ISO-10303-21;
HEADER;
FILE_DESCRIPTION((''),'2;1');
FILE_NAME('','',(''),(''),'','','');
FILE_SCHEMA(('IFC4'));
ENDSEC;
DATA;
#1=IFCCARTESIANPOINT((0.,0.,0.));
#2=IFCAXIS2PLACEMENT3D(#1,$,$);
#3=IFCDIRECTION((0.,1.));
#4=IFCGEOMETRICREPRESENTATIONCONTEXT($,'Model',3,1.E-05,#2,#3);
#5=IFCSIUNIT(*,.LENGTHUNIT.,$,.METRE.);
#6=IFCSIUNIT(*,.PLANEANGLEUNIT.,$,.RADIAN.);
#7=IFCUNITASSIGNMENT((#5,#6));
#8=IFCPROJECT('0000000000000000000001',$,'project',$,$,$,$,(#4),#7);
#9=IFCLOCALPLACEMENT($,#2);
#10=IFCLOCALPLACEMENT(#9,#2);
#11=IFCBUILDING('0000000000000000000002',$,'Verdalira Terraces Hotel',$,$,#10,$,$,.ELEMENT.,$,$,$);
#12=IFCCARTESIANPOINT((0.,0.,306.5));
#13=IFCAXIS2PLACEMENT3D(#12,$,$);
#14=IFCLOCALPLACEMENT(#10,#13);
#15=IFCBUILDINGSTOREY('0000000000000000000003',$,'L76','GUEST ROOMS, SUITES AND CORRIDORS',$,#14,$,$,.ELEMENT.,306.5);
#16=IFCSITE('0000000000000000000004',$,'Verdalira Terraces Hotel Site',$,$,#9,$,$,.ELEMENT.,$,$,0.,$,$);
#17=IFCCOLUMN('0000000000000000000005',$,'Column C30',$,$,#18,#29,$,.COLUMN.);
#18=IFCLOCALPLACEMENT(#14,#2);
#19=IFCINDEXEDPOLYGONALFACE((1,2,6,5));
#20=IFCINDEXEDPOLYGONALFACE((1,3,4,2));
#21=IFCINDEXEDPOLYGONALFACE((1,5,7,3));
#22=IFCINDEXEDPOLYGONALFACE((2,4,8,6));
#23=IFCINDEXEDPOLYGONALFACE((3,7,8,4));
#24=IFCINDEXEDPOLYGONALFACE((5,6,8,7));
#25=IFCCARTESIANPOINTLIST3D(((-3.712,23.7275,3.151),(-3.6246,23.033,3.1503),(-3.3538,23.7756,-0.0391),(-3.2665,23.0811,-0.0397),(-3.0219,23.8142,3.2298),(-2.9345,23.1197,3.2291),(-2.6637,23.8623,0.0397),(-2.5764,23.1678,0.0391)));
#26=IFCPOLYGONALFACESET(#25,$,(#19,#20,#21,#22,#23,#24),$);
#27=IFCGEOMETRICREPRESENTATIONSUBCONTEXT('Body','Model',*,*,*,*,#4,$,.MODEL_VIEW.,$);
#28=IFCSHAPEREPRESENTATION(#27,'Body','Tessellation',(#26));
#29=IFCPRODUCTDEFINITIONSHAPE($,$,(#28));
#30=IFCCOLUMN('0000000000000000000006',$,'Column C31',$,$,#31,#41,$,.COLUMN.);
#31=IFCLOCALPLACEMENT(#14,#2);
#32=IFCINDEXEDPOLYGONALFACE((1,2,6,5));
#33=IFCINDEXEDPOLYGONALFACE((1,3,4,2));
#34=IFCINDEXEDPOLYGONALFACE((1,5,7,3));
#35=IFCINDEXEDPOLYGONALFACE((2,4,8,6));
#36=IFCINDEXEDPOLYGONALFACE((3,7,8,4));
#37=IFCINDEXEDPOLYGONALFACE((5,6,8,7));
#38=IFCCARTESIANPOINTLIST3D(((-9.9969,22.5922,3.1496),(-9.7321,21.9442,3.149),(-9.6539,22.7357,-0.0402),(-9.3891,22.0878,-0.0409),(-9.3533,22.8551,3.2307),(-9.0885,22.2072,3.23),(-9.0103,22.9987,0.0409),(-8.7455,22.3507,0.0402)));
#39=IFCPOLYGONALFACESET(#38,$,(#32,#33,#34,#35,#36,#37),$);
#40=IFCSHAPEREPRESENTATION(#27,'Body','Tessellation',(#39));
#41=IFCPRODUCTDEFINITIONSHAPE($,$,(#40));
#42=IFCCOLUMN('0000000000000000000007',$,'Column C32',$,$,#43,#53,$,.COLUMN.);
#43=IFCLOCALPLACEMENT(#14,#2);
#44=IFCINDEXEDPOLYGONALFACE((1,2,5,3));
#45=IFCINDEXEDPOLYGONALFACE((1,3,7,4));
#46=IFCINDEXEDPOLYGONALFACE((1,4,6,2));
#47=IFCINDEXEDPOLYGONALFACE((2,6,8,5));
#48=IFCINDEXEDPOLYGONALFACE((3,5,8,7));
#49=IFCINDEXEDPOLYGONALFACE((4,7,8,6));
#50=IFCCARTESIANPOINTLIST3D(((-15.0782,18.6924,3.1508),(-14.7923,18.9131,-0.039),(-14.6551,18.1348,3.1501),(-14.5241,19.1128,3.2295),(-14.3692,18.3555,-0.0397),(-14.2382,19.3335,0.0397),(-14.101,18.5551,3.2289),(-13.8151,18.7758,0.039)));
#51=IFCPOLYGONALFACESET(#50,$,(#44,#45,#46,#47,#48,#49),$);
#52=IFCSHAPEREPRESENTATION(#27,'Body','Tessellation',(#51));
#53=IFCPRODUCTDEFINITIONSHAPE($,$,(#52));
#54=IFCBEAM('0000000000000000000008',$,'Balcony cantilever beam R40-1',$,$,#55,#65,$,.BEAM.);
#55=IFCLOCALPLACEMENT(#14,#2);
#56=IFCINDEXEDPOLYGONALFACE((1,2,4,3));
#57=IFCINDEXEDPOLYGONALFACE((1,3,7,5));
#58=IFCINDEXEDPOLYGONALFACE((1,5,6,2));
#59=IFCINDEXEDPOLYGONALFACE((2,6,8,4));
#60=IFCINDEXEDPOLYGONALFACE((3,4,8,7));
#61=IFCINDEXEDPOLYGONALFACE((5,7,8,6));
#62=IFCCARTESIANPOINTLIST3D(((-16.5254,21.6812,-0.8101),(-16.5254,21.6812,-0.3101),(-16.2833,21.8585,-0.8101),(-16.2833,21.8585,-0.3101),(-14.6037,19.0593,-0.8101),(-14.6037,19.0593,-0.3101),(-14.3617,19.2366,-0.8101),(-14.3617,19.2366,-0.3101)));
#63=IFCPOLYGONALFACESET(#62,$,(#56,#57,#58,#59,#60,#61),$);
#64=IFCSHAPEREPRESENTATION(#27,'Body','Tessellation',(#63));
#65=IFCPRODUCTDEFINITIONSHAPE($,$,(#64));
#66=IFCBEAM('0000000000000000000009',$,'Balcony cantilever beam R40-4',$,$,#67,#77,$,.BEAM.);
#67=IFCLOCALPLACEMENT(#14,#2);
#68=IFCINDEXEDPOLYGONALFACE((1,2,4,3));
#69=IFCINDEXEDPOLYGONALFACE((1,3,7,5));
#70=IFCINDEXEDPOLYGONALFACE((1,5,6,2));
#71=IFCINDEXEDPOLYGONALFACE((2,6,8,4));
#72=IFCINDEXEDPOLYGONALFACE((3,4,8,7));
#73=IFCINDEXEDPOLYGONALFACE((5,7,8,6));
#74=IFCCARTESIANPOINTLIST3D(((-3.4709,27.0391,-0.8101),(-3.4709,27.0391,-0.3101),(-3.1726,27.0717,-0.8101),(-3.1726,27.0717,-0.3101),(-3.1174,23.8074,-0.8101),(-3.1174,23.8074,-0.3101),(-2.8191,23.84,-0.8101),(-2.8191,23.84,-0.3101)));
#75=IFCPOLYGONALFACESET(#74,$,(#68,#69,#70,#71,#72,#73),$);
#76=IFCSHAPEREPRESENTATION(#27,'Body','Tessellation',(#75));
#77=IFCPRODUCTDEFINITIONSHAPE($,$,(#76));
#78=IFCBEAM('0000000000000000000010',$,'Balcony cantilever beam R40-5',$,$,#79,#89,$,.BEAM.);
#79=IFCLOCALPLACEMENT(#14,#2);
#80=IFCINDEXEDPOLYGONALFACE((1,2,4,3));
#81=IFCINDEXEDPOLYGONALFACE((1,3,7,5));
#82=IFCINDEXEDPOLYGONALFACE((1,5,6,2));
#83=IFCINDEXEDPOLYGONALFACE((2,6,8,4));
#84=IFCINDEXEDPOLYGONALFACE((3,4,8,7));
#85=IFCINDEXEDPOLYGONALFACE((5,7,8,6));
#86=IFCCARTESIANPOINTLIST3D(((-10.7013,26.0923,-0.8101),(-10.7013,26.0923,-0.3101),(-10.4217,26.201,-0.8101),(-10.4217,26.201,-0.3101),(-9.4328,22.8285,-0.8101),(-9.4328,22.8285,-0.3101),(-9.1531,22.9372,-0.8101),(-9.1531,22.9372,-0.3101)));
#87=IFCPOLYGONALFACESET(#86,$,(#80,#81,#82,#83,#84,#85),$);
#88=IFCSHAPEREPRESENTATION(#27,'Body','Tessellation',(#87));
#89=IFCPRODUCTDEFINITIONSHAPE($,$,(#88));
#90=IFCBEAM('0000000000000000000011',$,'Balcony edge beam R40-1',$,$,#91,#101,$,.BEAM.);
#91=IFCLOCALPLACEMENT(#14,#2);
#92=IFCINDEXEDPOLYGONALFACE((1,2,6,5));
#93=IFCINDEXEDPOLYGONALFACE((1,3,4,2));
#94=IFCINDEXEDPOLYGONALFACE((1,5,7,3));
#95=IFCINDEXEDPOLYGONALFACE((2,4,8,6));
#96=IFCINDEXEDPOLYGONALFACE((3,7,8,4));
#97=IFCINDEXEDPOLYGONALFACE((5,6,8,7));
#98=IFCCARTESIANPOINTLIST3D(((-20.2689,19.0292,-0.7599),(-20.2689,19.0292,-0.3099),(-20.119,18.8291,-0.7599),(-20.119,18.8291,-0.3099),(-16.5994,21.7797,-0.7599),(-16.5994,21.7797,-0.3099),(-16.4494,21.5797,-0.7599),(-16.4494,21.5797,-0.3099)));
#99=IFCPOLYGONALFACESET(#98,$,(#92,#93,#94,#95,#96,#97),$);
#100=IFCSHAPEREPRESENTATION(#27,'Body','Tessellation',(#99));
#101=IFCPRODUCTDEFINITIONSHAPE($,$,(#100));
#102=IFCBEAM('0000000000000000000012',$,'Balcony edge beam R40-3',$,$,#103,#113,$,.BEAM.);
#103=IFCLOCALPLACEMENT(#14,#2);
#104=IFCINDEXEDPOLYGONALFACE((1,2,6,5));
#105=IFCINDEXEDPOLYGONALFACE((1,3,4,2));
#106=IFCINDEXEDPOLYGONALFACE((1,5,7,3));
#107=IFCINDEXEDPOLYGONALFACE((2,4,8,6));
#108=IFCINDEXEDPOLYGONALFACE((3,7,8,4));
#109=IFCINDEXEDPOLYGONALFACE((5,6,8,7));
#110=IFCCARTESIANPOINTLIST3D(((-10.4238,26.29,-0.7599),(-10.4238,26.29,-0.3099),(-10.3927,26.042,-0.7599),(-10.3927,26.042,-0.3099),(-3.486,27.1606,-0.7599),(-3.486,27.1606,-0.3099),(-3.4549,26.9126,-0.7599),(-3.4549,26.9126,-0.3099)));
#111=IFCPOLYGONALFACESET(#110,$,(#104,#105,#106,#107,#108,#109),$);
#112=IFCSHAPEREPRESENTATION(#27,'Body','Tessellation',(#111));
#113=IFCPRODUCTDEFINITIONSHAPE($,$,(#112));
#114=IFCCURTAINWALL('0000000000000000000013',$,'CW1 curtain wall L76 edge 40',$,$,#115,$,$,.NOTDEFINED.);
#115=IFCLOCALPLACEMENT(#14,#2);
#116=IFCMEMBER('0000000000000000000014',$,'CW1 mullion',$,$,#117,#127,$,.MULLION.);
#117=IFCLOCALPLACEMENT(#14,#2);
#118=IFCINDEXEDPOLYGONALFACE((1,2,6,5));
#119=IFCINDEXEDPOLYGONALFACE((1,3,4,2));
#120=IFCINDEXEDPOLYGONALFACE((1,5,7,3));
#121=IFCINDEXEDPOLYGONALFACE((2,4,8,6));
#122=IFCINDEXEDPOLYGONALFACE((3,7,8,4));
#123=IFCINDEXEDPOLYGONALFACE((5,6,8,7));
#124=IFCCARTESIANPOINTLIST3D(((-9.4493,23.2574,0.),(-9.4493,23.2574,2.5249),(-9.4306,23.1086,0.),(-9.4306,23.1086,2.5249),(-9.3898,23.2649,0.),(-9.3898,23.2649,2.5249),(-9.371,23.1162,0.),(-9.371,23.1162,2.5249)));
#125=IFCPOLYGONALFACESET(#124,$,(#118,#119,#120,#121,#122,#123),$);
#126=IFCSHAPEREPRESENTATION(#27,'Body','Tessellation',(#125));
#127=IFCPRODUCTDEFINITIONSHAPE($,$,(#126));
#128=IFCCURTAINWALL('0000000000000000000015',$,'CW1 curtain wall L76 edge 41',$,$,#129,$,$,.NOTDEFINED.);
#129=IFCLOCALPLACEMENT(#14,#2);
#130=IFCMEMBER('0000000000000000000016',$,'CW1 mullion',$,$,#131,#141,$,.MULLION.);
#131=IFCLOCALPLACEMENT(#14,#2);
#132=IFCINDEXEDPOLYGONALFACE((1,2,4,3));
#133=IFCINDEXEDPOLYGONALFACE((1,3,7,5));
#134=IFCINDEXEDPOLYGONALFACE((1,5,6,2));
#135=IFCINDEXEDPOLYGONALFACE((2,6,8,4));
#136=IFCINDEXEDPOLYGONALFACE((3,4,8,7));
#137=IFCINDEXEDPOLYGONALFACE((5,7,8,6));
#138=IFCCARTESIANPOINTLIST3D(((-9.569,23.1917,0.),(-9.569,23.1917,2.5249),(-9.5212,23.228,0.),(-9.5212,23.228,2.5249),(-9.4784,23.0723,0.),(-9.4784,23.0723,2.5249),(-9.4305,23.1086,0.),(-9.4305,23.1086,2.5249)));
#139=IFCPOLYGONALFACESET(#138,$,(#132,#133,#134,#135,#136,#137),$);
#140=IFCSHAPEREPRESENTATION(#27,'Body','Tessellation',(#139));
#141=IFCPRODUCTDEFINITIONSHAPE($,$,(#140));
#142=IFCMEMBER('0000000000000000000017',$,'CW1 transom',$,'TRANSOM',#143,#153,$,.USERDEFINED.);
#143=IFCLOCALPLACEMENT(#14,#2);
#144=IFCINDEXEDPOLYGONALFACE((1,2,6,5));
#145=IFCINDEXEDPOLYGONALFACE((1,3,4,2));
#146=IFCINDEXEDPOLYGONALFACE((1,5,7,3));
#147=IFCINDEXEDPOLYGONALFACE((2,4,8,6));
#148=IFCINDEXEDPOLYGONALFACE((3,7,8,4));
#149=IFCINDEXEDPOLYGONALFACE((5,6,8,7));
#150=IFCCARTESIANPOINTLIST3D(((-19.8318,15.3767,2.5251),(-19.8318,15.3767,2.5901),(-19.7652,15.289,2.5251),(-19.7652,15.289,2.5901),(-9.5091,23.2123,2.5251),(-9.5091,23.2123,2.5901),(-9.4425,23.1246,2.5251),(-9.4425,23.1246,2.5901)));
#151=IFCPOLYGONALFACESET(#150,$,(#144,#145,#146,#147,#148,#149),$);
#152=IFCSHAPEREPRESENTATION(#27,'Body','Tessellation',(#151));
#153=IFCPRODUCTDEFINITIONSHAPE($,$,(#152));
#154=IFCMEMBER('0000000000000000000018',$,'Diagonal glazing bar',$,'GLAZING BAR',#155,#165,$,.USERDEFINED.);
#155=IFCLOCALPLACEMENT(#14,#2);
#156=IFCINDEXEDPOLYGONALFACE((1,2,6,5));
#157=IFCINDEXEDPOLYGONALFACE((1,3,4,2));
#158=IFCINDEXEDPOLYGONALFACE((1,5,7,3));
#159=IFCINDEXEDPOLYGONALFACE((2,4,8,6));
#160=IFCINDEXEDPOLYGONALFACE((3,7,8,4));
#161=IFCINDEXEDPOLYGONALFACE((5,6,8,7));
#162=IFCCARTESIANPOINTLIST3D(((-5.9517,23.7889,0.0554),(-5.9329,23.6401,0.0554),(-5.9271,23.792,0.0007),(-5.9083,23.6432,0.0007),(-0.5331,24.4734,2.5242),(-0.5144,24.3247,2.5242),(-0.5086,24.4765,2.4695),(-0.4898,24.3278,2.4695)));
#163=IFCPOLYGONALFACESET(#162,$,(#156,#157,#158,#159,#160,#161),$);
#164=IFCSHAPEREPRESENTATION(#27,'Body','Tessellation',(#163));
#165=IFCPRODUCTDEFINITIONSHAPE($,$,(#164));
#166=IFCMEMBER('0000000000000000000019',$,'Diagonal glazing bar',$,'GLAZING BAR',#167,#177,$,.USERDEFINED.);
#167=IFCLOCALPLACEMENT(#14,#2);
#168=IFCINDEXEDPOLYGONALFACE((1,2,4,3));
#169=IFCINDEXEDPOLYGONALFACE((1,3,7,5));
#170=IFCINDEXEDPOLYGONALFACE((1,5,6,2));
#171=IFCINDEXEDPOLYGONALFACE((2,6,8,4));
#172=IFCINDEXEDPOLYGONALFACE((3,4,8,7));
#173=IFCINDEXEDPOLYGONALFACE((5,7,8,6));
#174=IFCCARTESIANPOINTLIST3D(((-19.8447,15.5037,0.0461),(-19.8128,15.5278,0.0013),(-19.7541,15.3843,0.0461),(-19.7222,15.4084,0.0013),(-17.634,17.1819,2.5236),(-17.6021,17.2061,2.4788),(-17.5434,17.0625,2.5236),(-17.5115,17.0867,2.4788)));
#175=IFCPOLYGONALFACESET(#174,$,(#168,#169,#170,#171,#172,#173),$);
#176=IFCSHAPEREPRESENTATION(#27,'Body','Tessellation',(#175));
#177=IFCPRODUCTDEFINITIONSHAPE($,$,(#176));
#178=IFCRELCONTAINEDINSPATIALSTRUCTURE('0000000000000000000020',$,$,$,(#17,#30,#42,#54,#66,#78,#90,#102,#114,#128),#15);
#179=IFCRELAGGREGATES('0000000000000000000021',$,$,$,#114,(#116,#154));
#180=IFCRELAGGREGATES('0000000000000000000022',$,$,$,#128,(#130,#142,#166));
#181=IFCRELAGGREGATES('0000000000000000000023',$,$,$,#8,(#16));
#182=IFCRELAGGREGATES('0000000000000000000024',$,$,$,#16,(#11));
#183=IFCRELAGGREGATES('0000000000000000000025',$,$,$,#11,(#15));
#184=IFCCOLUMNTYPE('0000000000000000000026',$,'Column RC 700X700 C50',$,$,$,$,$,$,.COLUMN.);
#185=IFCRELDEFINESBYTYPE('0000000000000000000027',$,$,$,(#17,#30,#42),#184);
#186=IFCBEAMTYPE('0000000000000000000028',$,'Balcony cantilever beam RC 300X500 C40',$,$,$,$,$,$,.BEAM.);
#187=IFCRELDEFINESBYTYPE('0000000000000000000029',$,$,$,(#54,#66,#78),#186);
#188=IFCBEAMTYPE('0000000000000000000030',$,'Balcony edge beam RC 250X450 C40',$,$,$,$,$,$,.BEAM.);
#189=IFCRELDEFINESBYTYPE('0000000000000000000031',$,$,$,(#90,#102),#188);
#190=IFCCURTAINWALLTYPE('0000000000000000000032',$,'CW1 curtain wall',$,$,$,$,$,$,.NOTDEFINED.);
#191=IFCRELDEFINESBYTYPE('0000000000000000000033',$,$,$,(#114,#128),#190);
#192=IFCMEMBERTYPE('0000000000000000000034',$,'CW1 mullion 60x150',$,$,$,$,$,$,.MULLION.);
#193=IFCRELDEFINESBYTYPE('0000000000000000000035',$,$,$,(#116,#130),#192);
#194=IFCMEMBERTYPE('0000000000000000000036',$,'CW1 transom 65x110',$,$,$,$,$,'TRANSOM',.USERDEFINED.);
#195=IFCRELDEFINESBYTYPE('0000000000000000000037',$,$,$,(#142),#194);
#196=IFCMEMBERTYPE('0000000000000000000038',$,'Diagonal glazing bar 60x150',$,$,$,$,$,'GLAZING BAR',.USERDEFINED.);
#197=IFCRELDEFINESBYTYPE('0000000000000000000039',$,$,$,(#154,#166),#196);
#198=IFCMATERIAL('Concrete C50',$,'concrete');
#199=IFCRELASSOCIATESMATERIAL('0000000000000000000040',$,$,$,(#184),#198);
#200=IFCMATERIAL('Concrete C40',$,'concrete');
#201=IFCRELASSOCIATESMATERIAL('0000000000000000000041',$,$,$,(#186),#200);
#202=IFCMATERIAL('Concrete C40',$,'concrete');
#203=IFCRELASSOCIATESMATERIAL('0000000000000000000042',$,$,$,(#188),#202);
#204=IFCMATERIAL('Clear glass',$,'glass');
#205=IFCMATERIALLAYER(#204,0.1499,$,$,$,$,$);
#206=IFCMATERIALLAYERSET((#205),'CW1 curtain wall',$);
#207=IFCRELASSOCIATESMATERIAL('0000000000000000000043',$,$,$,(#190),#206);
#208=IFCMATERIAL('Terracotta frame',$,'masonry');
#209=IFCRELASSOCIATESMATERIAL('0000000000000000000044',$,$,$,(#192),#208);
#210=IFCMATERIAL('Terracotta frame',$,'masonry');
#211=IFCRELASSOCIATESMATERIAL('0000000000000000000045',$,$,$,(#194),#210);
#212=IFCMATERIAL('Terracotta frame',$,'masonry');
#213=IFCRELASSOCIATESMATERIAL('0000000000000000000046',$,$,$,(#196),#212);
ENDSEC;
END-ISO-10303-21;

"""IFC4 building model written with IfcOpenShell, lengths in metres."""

from ifc_helpers import new_model, si_unit, direction, frame, origin, origin_2d, place, context, subcontext, project, spatial, rectangle, extrude, material, layer, layer_set, material_profile, profile_set, type_object, element, aggregate, save


model = new_model("IFC4")

# Units and contexts
model_context = context("Model", 3, precision=1e-05, world=origin(), true_north=direction((0.0, 1.0)))
body_context = subcontext(model_context, "Body", "Model", "MODEL_VIEW")
ifc_project = project(units=[si_unit("LENGTHUNIT", "METRE"), si_unit("PLANEANGLEUNIT", "RADIAN")], contexts=[model_context])

# Site, building, storey
site_placement = place(None, origin())
site = spatial("IfcSite", under=ifc_project, at=site_placement, Name="Verdalira Terraces Hotel Site", CompositionType="ELEMENT", RefElevation=0.0)
building_placement = place(site_placement, origin())
building = spatial("IfcBuilding", under=site, at=building_placement, Name="Verdalira Terraces Hotel", CompositionType="ELEMENT")
storey_placement = place(building_placement, frame((0.0, 0.0, 306.5)))
storey = spatial("IfcBuildingStorey", under=building, at=storey_placement, Name="L76", Description="GUEST ROOMS, SUITES AND CORRIDORS", CompositionType="ELEMENT", Elevation=306.5)

# Columns
ifc_material_1 = material(Name="Concrete C50", Category="concrete")
ifc_material_profile_1 = material_profile(ifc_material_1, rectangle(XDim=0.7, YDim=0.7, at=origin_2d()), Name="RC 700X700")
ifc_profile_set_1 = profile_set([ifc_material_profile_1], Name="Concrete C50")
column_type = type_object("IfcColumnType", Name="Column RC 700X700 C50", PredefinedType="COLUMN", material=ifc_profile_set_1)
column_1_placement = place(storey_placement, frame((-2.9651, 23.4717, 0.0), z_axis=(-0.111563, -0.014981, 0.993644), x_axis=(-0.985892, -0.123886, -0.11256)))
element("IfcColumn", 1, at=column_1_placement, inside=storey, type_object=column_type, Name="Column C30", PredefinedType="COLUMN", context=body_context, shape_type="SweptSolid", body=[
    extrude(rectangle(XDim=0.7, YDim=0.7, at=origin_2d()), origin(), (0.0, 0.0, 1.0), 3.2104),
])
column_2_placement = place(storey_placement, frame((-9.1997, 22.5432, 0.0), z_axis=(-0.106808, -0.0447, 0.993274), x_axis=(0.919493, 0.37567, 0.11578)))
element("IfcColumn", 2, at=column_2_placement, inside=storey, type_object=column_type, Name="Column C31", PredefinedType="COLUMN", context=body_context, shape_type="SweptSolid", body=[
    extrude(rectangle(XDim=0.7, YDim=0.7, at=origin_2d()), origin(), (0.0, 0.0, 1.0), 3.2114),
])
column_3_placement = place(storey_placement, frame((-14.3037, 18.8445, 0.0), z_axis=(-0.089053, -0.068748, 0.993651), x_axis=(-0.791667, -0.600507, -0.112498)))
element("IfcColumn", 3, at=column_3_placement, inside=storey, type_object=column_type, Name="Column C32", PredefinedType="COLUMN", context=body_context, shape_type="SweptSolid", body=[
    extrude(rectangle(XDim=0.7, YDim=0.7, at=origin_2d()), origin(), (0.0, 0.0, 1.0), 3.2102),
])

# Beams
ifc_material_2 = material(Name="Concrete C40", Category="concrete")
ifc_material_profile_2 = material_profile(ifc_material_2, rectangle(XDim=0.3, YDim=0.5, at=origin_2d()), Name="RC 300X500")
ifc_profile_set_2 = profile_set([ifc_material_profile_2], Name="Concrete C40")
beam_type_1 = type_object("IfcBeamType", Name="Balcony cantilever beam RC 300X500 C40", PredefinedType="BEAM", material=ifc_profile_set_2)
beam_1_placement = place(storey_placement, frame((-14.4827, 19.1479, -0.5601), z_axis=(-0.591155, 0.806558, 0.0), x_axis=(-0.806558, -0.591155, 0.0)))
element("IfcBeam", 4, at=beam_1_placement, inside=storey, type_object=beam_type_1, Name="Balcony cantilever beam R40-1", PredefinedType="BEAM", context=body_context, shape_type="SweptSolid", body=[
    extrude(rectangle(XDim=0.3, YDim=0.5, at=origin_2d()), origin(), (0.0, 0.0, 1.0), 3.2507),
])
beam_2_placement = place(storey_placement, frame((-2.9683, 23.8237, -0.5601), z_axis=(-0.108742, 0.99407, 0.0), x_axis=(-0.99407, -0.108742, 0.0)))
element("IfcBeam", 5, at=beam_2_placement, inside=storey, type_object=beam_type_1, Name="Balcony cantilever beam R40-4", PredefinedType="BEAM", context=body_context, shape_type="SweptSolid", body=[
    extrude(rectangle(XDim=0.3, YDim=0.5, at=origin_2d()), origin(), (0.0, 0.0, 1.0), 3.251),
])
beam_3_placement = place(storey_placement, frame((-9.293, 22.8828, -0.5601), z_axis=(-0.362261, 0.932077, 0.0), x_axis=(-0.932077, -0.362261, 0.0)))
element("IfcBeam", 6, at=beam_3_placement, inside=storey, type_object=beam_type_1, Name="Balcony cantilever beam R40-5", PredefinedType="BEAM", context=body_context, shape_type="SweptSolid", body=[
    extrude(rectangle(XDim=0.3, YDim=0.5, at=origin_2d()), origin(), (0.0, 0.0, 1.0), 3.5017),
])
ifc_material_3 = material(Name="Concrete C40", Category="concrete")
ifc_material_profile_3 = material_profile(ifc_material_3, rectangle(XDim=0.25, YDim=0.45, at=origin_2d()), Name="RC 250X450")
ifc_profile_set_3 = profile_set([ifc_material_profile_3], Name="Concrete C40")
beam_type_2 = type_object("IfcBeamType", Name="Balcony edge beam RC 250X450 C40", PredefinedType="BEAM", material=ifc_profile_set_3)
beam_4_placement = place(storey_placement, frame((-16.5244, 21.6797, -0.5349), z_axis=(-0.800166, -0.599779, 0.0), x_axis=(0.599779, -0.800166, 0.0)))
element("IfcBeam", 7, at=beam_4_placement, inside=storey, type_object=beam_type_2, Name="Balcony edge beam R40-1", PredefinedType="BEAM", context=body_context, shape_type="SweptSolid", body=[
    extrude(rectangle(XDim=0.25, YDim=0.45, at=origin_2d()), origin(), (0.0, 0.0, 1.0), 4.5859),
])
beam_5_placement = place(storey_placement, frame((-3.4705, 27.0366, -0.5349), z_axis=(-0.992218, -0.124512, 0.0), x_axis=(0.124512, -0.992218, 0.0)))
element("IfcBeam", 8, at=beam_5_placement, inside=storey, type_object=beam_type_2, Name="Balcony edge beam R40-3", PredefinedType="BEAM", context=body_context, shape_type="SweptSolid", body=[
    extrude(rectangle(XDim=0.25, YDim=0.45, at=origin_2d()), origin(), (0.0, 0.0, 1.0), 6.9922),
])

# Curtain wall, member
ifc_material_4 = material(Name="Clear glass", Category="glass")
ifc_layer_1 = layer(ifc_material_4, 0.1499)
ifc_layer_set_1 = layer_set([ifc_layer_1], Name="CW1 curtain wall")
curtain_wall_type = type_object("IfcCurtainWallType", Name="CW1 curtain wall", PredefinedType="NOTDEFINED", material=ifc_layer_set_1)
curtain_wall_1_placement = place(storey_placement, origin())
curtain_wall_1 = element("IfcCurtainWall", 9, at=curtain_wall_1_placement, inside=storey, type_object=curtain_wall_type, Name="CW1 curtain wall L76 edge 40", PredefinedType="NOTDEFINED")
ifc_material_5 = material(Name="Terracotta frame", Category="masonry")
ifc_material_profile_4 = material_profile(ifc_material_5, rectangle(XDim=0.0601, YDim=0.1499, at=origin_2d()), Name="MU 60x150")
ifc_profile_set_4 = profile_set([ifc_material_profile_4], Name="Terracotta frame")
member_type_1 = type_object("IfcMemberType", Name="CW1 mullion 60x150", PredefinedType="MULLION", material=ifc_profile_set_4)
member_1_placement = place(storey_placement, frame((-9.4102, 23.1868, 0.0), z_axis=(0.0, 0.0, 1.0), x_axis=(-0.992115, -0.125333, 0.0)))
member_1 = element("IfcMember", 10, at=member_1_placement, type_object=member_type_1, Name="CW1 mullion", PredefinedType="MULLION", context=body_context, shape_type="SweptSolid", body=[
    extrude(rectangle(XDim=0.0601, YDim=0.1499, at=origin_2d()), origin(), (0.0, 0.0, 1.0), 2.5249),
])

# Curtain wall, members
curtain_wall_2_placement = place(storey_placement, origin())
curtain_wall_2 = element("IfcCurtainWall", 11, at=curtain_wall_2_placement, inside=storey, type_object=curtain_wall_type, Name="CW1 curtain wall L76 edge 41", PredefinedType="NOTDEFINED")
member_2_placement = place(storey_placement, frame((-9.4998, 23.1501, 0.0), z_axis=(0.0, 0.0, 1.0), x_axis=(-0.79653, -0.604599, 0.0)))
member_2 = element("IfcMember", 12, at=member_2_placement, type_object=member_type_1, Name="CW1 mullion", PredefinedType="MULLION", context=body_context, shape_type="SweptSolid", body=[
    extrude(rectangle(XDim=0.0601, YDim=0.1499, at=origin_2d()), origin(), (0.0, 0.0, 1.0), 2.5249),
])
ifc_material_6 = material(Name="Terracotta frame", Category="masonry")
ifc_material_profile_5 = material_profile(ifc_material_6, rectangle(XDim=0.1101, YDim=0.0649, at=origin_2d()), Name="TR 65x110")
ifc_profile_set_5 = profile_set([ifc_material_profile_5], Name="Terracotta frame")
member_type_2 = type_object("IfcMemberType", Name="CW1 transom 65x110", ElementType="TRANSOM", PredefinedType="USERDEFINED", material=ifc_profile_set_5)
member_3_placement = place(storey_placement, frame((-9.4758, 23.1685, 2.5576), z_axis=(-0.796519, -0.604614, 0.0), x_axis=(0.604614, -0.796519, 0.0)))
member_3 = element("IfcMember", 13, at=member_3_placement, type_object=member_type_2, Name="CW1 transom", ObjectType="TRANSOM", PredefinedType="USERDEFINED", context=body_context, shape_type="SweptSolid", body=[
    extrude(rectangle(XDim=0.1101, YDim=0.0649, at=origin_2d()), origin(), (0.0, 0.0, 1.0), 12.9597),
])

# Members
ifc_material_7 = material(Name="Terracotta frame", Category="masonry")
ifc_material_profile_6 = material_profile(ifc_material_7, rectangle(XDim=0.1499, YDim=0.0601, at=origin_2d()), Name="GB 60x150")
ifc_profile_set_6 = profile_set([ifc_material_profile_6], Name="Terracotta frame")
member_type_3 = type_object("IfcMemberType", Name="Diagonal glazing bar 60x150", ElementType="GLAZING BAR", PredefinedType="USERDEFINED", material=ifc_profile_set_6)
member_4_placement = place(storey_placement, frame((-0.5115, 24.4006, 2.4968), z_axis=(-0.904043, -0.114217, -0.411899), x_axis=(0.125344, -0.992113, 0.0)))
member_4 = element("IfcMember", 14, at=member_4_placement, type_object=member_type_3, Name="Diagonal glazing bar", ObjectType="GLAZING BAR", PredefinedType="USERDEFINED", context=body_context, shape_type="SweptSolid", body=[
    extrude(rectangle(XDim=0.1499, YDim=0.0601, at=origin_2d()), origin(), (0.0, 0.0, 1.0), 5.9937),
])
member_5_placement = place(storey_placement, frame((-17.5728, 17.1343, 2.5012), z_axis=(-0.594199, -0.45108, -0.665923), x_axis=(0.604648, -0.796493, 0.0)))
member_5 = element("IfcMember", 15, at=member_5_placement, type_object=member_type_3, Name="Diagonal glazing bar", ObjectType="GLAZING BAR", PredefinedType="USERDEFINED", context=body_context, shape_type="SweptSolid", body=[
    extrude(rectangle(XDim=0.1499, YDim=0.0601, at=origin_2d()), origin(), (0.0, 0.0, 1.0), 3.7205),
])

aggregate(curtain_wall_1, [member_1, member_4])
aggregate(curtain_wall_2, [member_2, member_3, member_5])

save(model, "model.ifc")
